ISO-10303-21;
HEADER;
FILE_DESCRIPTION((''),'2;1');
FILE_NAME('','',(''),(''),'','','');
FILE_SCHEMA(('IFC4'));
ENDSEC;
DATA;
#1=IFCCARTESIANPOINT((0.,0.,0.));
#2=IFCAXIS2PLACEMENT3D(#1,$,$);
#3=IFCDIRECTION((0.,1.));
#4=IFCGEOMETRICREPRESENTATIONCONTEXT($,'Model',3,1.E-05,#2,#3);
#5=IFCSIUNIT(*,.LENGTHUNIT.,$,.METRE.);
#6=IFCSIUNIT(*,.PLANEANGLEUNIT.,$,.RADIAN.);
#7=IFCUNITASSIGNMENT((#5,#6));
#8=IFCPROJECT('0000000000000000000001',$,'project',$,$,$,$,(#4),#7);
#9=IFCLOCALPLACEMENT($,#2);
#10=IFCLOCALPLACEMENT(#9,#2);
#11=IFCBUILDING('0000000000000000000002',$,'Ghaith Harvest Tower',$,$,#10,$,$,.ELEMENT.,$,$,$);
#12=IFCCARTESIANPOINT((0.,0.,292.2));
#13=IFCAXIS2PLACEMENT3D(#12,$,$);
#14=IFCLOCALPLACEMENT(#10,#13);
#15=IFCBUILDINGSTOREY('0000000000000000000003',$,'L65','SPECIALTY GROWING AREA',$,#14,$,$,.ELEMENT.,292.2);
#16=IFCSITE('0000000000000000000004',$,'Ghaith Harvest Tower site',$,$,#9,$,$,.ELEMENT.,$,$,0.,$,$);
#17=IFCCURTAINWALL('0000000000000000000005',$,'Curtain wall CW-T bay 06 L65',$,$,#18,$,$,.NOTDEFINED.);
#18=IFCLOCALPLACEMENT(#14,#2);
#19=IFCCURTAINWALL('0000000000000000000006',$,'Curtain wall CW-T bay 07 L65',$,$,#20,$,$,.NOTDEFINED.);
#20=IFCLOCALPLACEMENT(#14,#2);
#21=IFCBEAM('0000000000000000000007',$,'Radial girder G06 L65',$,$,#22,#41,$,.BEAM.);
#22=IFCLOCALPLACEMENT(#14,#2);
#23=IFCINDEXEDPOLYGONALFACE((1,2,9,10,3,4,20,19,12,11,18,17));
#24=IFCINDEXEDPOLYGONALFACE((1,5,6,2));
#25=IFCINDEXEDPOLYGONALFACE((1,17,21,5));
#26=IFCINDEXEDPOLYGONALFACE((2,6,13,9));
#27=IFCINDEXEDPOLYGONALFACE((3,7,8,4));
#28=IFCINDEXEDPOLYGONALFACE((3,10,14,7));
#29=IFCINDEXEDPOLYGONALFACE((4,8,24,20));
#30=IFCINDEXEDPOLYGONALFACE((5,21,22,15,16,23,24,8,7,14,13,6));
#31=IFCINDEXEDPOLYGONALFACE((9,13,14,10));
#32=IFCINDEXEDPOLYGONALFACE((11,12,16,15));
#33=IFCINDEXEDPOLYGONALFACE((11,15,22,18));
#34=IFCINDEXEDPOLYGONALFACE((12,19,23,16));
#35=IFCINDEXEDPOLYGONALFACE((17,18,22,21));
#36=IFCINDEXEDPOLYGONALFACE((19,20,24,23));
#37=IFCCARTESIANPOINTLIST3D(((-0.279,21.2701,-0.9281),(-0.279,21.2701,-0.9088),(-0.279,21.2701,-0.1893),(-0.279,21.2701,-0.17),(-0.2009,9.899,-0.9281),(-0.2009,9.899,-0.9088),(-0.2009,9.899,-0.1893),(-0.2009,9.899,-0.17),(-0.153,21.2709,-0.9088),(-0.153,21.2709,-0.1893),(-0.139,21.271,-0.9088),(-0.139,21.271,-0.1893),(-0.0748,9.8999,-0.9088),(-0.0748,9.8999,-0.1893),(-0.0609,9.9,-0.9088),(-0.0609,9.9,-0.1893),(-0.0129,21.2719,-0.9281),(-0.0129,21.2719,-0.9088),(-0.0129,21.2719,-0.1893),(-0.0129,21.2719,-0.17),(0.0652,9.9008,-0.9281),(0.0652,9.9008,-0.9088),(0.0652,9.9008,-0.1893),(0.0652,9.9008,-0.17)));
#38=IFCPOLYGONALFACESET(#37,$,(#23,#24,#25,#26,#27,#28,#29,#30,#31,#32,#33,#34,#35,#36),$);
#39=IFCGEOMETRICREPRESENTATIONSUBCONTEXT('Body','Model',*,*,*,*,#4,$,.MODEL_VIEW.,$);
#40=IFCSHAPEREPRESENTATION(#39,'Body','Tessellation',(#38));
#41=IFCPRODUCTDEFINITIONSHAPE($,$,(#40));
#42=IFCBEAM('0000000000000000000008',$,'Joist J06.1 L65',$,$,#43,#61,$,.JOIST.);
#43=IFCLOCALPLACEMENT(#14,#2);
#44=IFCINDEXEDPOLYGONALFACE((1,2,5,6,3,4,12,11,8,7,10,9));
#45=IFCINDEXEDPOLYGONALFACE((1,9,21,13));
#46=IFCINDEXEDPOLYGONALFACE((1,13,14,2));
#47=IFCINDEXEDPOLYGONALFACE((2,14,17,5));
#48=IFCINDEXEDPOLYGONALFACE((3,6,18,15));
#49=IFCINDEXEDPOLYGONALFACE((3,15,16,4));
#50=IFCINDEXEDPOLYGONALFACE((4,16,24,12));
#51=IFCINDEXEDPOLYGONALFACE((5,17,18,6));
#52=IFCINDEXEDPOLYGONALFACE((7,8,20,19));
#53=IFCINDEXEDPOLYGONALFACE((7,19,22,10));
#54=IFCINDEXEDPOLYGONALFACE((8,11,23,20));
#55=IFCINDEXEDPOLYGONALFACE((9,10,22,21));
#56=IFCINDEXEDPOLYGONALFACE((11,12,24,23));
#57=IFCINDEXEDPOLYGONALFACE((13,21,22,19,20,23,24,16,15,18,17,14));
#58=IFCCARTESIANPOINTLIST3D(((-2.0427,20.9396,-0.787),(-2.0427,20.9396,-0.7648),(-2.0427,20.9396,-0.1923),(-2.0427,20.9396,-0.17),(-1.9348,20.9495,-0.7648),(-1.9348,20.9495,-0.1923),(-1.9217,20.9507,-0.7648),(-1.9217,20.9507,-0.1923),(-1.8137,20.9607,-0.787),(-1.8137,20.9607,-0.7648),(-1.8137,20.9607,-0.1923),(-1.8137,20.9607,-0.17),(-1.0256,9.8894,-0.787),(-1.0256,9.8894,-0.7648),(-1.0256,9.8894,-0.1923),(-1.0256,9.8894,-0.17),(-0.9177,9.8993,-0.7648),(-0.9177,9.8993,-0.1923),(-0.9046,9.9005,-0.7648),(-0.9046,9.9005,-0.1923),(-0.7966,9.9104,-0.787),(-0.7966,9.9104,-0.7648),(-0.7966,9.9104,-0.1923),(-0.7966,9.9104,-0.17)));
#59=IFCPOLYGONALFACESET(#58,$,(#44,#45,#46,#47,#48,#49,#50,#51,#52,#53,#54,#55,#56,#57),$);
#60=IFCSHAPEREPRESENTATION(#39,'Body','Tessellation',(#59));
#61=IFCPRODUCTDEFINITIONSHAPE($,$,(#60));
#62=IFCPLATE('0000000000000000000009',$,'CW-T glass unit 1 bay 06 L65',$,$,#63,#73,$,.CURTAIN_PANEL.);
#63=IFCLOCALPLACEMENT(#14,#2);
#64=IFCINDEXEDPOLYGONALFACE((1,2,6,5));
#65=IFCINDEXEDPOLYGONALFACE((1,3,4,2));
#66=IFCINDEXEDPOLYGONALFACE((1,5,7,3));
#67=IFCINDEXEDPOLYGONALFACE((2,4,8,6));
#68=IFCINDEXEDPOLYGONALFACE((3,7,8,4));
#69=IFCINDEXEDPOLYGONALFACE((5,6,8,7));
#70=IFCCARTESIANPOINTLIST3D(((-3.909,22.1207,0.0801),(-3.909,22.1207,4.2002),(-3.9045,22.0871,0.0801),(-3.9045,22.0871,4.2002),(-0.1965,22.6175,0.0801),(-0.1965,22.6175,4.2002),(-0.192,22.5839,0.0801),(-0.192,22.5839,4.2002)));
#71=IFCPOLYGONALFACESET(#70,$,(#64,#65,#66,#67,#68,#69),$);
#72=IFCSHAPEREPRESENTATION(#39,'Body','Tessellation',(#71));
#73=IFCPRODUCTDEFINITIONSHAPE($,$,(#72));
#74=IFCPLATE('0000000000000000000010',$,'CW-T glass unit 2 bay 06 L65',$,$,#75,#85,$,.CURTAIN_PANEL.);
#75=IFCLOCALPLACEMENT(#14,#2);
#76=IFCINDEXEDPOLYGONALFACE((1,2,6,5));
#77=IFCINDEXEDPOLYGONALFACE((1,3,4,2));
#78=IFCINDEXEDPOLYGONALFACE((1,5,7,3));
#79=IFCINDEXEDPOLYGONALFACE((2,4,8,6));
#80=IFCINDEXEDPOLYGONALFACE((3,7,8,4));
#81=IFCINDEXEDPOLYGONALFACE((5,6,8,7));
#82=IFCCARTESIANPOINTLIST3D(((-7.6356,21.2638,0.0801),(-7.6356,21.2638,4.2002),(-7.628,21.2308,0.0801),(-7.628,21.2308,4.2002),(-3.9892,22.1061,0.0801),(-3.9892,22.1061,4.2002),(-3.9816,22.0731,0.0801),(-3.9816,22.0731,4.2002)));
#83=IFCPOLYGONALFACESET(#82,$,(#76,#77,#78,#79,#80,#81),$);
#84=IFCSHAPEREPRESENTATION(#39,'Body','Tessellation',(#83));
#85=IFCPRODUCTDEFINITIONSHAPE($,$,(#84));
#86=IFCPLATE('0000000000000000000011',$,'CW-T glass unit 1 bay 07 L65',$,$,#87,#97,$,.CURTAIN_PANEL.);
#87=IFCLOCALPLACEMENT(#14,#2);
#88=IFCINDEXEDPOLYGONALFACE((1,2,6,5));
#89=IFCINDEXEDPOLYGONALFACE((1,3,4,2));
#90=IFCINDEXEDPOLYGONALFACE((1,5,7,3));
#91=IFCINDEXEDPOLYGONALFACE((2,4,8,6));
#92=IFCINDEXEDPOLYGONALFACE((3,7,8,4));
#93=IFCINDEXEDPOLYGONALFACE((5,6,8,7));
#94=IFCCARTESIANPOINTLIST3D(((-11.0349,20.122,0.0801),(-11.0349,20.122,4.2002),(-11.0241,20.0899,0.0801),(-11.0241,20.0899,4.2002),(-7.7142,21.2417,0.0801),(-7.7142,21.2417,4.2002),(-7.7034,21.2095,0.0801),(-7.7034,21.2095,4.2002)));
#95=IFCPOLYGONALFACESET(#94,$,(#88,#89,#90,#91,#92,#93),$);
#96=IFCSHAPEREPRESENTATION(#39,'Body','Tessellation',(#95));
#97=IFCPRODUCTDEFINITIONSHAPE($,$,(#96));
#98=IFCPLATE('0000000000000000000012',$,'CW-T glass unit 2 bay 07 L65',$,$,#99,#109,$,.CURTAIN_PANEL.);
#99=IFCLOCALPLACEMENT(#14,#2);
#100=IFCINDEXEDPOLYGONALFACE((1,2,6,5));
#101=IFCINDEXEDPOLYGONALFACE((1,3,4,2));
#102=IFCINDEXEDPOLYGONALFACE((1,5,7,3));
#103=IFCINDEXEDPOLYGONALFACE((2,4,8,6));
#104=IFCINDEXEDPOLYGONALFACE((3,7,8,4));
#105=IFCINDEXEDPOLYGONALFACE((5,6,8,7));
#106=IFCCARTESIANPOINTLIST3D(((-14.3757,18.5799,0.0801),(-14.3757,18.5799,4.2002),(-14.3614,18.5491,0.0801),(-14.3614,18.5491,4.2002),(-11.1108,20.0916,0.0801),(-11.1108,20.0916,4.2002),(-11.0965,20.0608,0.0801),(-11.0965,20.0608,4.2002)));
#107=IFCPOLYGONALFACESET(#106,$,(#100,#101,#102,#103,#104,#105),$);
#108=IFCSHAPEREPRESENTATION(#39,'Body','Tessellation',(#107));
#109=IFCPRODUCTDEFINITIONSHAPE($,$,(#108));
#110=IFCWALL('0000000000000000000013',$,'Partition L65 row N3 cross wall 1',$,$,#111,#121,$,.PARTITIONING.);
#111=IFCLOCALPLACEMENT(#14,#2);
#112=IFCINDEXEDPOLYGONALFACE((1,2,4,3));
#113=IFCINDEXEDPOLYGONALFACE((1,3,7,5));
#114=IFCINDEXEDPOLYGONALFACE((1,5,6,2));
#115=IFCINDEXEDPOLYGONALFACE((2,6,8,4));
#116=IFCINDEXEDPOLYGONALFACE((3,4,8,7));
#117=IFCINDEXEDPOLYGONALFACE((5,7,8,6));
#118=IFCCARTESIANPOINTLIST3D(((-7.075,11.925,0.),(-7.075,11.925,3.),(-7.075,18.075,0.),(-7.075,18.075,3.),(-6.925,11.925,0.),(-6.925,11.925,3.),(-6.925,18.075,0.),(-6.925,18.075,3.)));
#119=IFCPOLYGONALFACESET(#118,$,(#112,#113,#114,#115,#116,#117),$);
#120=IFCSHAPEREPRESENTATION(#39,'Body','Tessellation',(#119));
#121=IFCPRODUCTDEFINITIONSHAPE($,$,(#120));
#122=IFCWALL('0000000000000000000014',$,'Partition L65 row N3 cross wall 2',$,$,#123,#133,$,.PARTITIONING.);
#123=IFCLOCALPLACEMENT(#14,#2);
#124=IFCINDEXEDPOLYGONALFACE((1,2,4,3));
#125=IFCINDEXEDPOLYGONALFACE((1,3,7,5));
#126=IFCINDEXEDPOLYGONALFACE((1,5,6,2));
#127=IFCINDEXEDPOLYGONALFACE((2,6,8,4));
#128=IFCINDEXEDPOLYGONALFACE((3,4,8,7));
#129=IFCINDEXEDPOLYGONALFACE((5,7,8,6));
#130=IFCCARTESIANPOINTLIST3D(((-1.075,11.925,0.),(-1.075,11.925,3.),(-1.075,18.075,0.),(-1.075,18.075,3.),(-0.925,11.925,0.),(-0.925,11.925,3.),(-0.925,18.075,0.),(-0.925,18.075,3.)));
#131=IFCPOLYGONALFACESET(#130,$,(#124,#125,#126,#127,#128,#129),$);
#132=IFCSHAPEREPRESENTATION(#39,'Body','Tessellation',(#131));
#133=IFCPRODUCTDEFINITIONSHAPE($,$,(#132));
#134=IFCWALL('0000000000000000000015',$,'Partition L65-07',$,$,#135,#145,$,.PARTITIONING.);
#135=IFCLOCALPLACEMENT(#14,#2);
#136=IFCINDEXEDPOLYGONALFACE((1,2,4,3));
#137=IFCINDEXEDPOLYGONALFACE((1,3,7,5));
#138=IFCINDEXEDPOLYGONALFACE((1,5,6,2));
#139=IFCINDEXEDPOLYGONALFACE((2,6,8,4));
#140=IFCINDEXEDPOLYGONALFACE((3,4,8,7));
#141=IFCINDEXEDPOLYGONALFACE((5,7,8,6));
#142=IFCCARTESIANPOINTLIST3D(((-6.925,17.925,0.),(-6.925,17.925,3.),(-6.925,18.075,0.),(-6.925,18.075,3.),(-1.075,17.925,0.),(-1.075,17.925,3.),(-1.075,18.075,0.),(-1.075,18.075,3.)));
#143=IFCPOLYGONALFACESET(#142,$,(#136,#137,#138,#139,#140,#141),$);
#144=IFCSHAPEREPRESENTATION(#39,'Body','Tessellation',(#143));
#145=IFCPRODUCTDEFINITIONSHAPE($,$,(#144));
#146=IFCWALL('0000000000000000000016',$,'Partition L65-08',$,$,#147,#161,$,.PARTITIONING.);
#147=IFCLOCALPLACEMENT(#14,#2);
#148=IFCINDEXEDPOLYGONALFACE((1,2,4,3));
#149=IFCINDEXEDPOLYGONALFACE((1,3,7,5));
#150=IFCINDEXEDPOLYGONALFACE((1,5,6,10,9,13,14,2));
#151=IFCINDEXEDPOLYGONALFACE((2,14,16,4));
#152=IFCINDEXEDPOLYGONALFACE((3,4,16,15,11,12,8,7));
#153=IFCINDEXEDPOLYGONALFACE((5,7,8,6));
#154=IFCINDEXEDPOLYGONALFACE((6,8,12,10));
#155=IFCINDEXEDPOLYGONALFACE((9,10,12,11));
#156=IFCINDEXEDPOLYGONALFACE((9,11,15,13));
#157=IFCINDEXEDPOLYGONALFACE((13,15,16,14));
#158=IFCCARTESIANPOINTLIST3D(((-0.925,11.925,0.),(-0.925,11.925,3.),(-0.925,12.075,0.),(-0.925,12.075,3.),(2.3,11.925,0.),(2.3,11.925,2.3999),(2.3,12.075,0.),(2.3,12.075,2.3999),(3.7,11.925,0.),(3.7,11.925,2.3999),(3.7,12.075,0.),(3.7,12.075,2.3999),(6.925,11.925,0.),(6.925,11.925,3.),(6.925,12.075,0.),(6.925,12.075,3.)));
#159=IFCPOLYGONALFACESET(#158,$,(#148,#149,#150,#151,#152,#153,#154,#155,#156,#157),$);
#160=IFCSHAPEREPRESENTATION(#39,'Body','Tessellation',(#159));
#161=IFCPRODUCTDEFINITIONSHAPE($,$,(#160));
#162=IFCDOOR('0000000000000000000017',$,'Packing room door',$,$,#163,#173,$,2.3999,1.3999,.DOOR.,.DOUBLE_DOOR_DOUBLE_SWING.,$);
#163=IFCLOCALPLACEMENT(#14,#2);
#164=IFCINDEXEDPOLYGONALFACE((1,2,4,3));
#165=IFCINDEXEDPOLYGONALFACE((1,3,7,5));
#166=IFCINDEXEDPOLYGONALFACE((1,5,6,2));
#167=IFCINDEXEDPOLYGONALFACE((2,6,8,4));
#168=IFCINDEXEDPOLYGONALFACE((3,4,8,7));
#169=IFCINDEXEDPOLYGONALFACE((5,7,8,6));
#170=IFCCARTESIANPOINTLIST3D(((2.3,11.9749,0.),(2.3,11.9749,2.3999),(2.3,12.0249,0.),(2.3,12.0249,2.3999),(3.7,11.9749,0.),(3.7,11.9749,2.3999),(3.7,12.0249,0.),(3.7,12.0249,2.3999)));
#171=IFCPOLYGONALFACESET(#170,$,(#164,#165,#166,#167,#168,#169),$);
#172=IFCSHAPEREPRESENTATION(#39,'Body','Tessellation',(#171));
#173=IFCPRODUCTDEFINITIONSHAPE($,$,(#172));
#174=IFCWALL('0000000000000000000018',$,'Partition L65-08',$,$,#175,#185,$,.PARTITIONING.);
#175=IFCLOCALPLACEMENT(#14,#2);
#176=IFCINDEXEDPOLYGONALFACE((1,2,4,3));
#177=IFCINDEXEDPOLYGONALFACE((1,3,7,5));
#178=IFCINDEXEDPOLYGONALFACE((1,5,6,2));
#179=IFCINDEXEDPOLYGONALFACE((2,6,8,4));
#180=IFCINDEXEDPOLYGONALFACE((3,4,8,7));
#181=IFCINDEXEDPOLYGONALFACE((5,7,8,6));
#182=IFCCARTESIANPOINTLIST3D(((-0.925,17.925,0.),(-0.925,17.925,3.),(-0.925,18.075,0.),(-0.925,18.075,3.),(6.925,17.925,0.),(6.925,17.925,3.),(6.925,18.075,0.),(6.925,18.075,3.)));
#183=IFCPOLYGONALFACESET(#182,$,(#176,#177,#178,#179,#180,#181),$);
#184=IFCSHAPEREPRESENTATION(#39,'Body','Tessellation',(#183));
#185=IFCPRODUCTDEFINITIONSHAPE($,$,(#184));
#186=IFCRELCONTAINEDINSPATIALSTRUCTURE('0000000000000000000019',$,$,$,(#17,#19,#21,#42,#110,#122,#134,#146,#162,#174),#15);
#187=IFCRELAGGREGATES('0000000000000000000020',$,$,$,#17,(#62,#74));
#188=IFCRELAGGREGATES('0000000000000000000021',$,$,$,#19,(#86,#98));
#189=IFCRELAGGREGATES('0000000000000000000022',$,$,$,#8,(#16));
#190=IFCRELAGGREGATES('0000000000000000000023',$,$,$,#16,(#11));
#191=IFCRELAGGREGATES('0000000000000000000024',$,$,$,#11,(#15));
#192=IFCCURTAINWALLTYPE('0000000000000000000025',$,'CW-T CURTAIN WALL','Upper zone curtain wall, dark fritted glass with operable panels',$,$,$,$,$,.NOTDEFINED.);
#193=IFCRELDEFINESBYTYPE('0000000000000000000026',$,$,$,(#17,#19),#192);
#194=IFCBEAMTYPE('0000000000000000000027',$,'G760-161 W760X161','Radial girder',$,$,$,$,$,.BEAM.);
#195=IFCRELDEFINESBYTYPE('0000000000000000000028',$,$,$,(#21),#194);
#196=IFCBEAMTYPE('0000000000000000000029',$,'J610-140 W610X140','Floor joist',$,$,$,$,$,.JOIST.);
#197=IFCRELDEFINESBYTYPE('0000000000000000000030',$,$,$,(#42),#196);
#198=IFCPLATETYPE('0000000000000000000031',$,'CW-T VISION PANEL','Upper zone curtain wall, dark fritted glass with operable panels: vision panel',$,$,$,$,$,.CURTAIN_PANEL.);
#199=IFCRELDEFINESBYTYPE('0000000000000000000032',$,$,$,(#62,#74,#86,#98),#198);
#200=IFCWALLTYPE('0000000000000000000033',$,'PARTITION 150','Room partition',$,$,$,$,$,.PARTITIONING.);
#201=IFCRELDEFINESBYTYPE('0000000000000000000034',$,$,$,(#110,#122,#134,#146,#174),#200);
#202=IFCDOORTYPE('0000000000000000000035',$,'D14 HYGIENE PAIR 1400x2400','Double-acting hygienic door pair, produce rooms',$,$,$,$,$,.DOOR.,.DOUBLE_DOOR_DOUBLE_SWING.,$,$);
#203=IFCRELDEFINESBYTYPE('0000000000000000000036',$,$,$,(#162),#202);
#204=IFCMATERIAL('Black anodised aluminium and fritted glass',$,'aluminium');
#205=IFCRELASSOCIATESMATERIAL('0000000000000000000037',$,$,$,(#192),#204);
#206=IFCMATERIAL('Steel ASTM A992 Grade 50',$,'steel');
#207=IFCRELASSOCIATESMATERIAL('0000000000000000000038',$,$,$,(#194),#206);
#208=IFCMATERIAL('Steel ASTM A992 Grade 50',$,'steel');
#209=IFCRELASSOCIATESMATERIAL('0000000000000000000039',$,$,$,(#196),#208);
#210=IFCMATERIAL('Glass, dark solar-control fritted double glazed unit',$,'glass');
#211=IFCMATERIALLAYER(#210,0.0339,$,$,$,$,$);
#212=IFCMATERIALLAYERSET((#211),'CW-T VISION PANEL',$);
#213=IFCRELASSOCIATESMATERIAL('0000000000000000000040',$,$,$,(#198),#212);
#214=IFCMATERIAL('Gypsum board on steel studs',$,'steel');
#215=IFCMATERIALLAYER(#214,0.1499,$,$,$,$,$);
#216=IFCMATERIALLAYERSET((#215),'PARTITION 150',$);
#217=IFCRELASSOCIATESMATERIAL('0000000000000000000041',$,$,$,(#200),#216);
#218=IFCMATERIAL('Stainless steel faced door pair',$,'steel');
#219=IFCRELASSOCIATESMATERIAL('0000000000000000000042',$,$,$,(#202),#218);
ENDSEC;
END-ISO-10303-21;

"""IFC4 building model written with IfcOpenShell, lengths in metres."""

from ifc_helpers import new_model, si_unit, direction, frame, frame_2d, origin, origin_2d, place, context, subcontext, project, spatial, rectangle, i_section, extrude, material, layer, layer_set, material_profile, profile_set, type_object, element, fill, aggregate, save


model = new_model("IFC4")

# Units and contexts
model_context = context("Model", 3, precision=1e-05, world=origin(), true_north=direction((0.0, 1.0)))
body_context = subcontext(model_context, "Body", "Model", "MODEL_VIEW")
ifc_project = project(units=[si_unit("LENGTHUNIT", "METRE"), si_unit("PLANEANGLEUNIT", "RADIAN")], contexts=[model_context])

# Site, building, storey
site_placement = place(None, origin())
site = spatial("IfcSite", under=ifc_project, at=site_placement, Name="Ghaith Harvest Tower site", CompositionType="ELEMENT", RefElevation=0.0)
building_placement = place(site_placement, origin())
building = spatial("IfcBuilding", under=site, at=building_placement, Name="Ghaith Harvest Tower", CompositionType="ELEMENT")
storey_placement = place(building_placement, frame((0.0, 0.0, 292.2)))
storey = spatial("IfcBuildingStorey", under=building, at=storey_placement, Name="L65", Description="SPECIALTY GROWING AREA", CompositionType="ELEMENT", Elevation=292.2)

# Curtain walls
ifc_material_1 = material(Name="Black anodised aluminium and fritted glass", Category="aluminium")
curtain_wall_type = type_object("IfcCurtainWallType", Name="CW-T CURTAIN WALL", Description="Upper zone curtain wall, dark fritted glass with operable panels", PredefinedType="NOTDEFINED", material=ifc_material_1)
curtain_wall_1_placement = place(storey_placement, origin())
curtain_wall_1 = element("IfcCurtainWall", 1, at=curtain_wall_1_placement, inside=storey, type_object=curtain_wall_type, Name="Curtain wall CW-T bay 06 L65", PredefinedType="NOTDEFINED")
curtain_wall_2_placement = place(storey_placement, origin())
curtain_wall_2 = element("IfcCurtainWall", 2, at=curtain_wall_2_placement, inside=storey, type_object=curtain_wall_type, Name="Curtain wall CW-T bay 07 L65", PredefinedType="NOTDEFINED")

# Beams
ifc_material_2 = material(Name="Steel ASTM A992 Grade 50", Category="steel")
ifc_material_profile_1 = material_profile(ifc_material_2, i_section(OverallWidth=0.2661, OverallDepth=0.7581, WebThickness=0.0139, FlangeThickness=0.0193, at=origin_2d()), Name="W760X161")
ifc_profile_set_1 = profile_set([ifc_material_profile_1], Name="Steel ASTM A992 Grade 50")
beam_type_1 = type_object("IfcBeamType", Name="G760-161 W760X161", Description="Radial girder", PredefinedType="BEAM", material=ifc_profile_set_1)
beam_1_placement = place(storey_placement, frame((-0.0679, 9.8999, -0.5491), z_axis=(-0.00687, 0.999976, 0.0), x_axis=(-0.999976, -0.00687, 0.0)))
element("IfcBeam", 3, at=beam_1_placement, inside=storey, type_object=beam_type_1, Name="Radial girder G06 L65", PredefinedType="BEAM", context=body_context, shape_type="SweptSolid", body=[
    extrude(i_section(OverallWidth=0.2661, OverallDepth=0.7581, WebThickness=0.0139, FlangeThickness=0.0193, at=origin_2d()), origin(), (0.0, 0.0, 1.0), 11.3713),
])
ifc_material_3 = material(Name="Steel ASTM A992 Grade 50", Category="steel")
ifc_material_profile_2 = material_profile(ifc_material_3, i_section(OverallWidth=0.23, OverallDepth=0.6169, WebThickness=0.0132, FlangeThickness=0.0222, at=origin_2d()), Name="W610X140")
ifc_profile_set_2 = profile_set([ifc_material_profile_2], Name="Steel ASTM A992 Grade 50")
beam_type_2 = type_object("IfcBeamType", Name="J610-140 W610X140", Description="Floor joist", PredefinedType="JOIST", material=ifc_profile_set_2)
beam_2_placement = place(storey_placement, frame((-0.9111, 9.8999, -0.4785), z_axis=(-0.091654, 0.995791, 0.0), x_axis=(-0.995791, -0.091654, 0.0)))
element("IfcBeam", 4, at=beam_2_placement, inside=storey, type_object=beam_type_2, Name="Joist J06.1 L65", PredefinedType="JOIST", context=body_context, shape_type="SweptSolid", body=[
    extrude(i_section(OverallWidth=0.23, OverallDepth=0.6169, WebThickness=0.0132, FlangeThickness=0.0222, at=origin_2d()), origin(), (0.0, 0.0, 1.0), 11.0969),
])

# Plates
ifc_material_4 = material(Name="Glass, dark solar-control fritted double glazed unit", Category="glass")
ifc_layer_1 = layer(ifc_material_4, 0.0339)
ifc_layer_set_1 = layer_set([ifc_layer_1], Name="CW-T VISION PANEL")
plate_type = type_object("IfcPlateType", Name="CW-T VISION PANEL", Description="Upper zone curtain wall, dark fritted glass with operable panels: vision panel", PredefinedType="CURTAIN_PANEL", material=ifc_layer_set_1)
plate_1_placement = place(storey_placement, frame((-2.0505, 22.3523, 0.0801), z_axis=(0.0, 0.0, 1.0), x_axis=(-0.991165, -0.132633, 0.0)))
plate_1 = element("IfcPlate", 5, at=plate_1_placement, type_object=plate_type, Name="CW-T glass unit 1 bay 06 L65", PredefinedType="CURTAIN_PANEL", context=body_context, shape_type="SweptSolid", body=[
    extrude(rectangle(XDim=3.7456, YDim=0.0339, at=origin_2d()), origin(), (0.0, 0.0, 1.0), 4.1201),
])
plate_2_placement = place(storey_placement, frame((-5.8086, 21.6685, 0.0801), z_axis=(0.0, 0.0, 1.0), x_axis=(-0.974342, -0.225072, 0.0)))
plate_2 = element("IfcPlate", 6, at=plate_2_placement, type_object=plate_type, Name="CW-T glass unit 2 bay 06 L65", PredefinedType="CURTAIN_PANEL", context=body_context, shape_type="SweptSolid", body=[
    extrude(rectangle(XDim=3.7424, YDim=0.0339, at=origin_2d()), origin(), (0.0, 0.0, 1.0), 4.1201),
])
aggregate(curtain_wall_1, [plate_1, plate_2])
plate_3_placement = place(storey_placement, frame((-9.3691, 20.6658, 0.0801), z_axis=(0.0, 0.0, 1.0), x_axis=(-0.947586, -0.3195, 0.0)))
plate_3 = element("IfcPlate", 7, at=plate_3_placement, type_object=plate_type, Name="CW-T glass unit 1 bay 07 L65", PredefinedType="CURTAIN_PANEL", context=body_context, shape_type="SweptSolid", body=[
    extrude(rectangle(XDim=3.5044, YDim=0.0339, at=origin_2d()), origin(), (0.0, 0.0, 1.0), 4.1201),
])
plate_4_placement = place(storey_placement, frame((-12.7361, 19.3203, 0.0801), z_axis=(0.0, 0.0, 1.0), x_axis=(-0.90745, -0.42016, 0.0)))
plate_4 = element("IfcPlate", 8, at=plate_4_placement, type_object=plate_type, Name="CW-T glass unit 2 bay 07 L65", PredefinedType="CURTAIN_PANEL", context=body_context, shape_type="SweptSolid", body=[
    extrude(rectangle(XDim=3.5979, YDim=0.0339, at=origin_2d()), origin(), (0.0, 0.0, 1.0), 4.1201),
])
aggregate(curtain_wall_2, [plate_3, plate_4])

# Walls
ifc_material_5 = material(Name="Gypsum board on steel studs", Category="steel")
ifc_layer_2 = layer(ifc_material_5, 0.1499)
ifc_layer_set_2 = layer_set([ifc_layer_2], Name="PARTITION 150")
wall_type = type_object("IfcWallType", Name="PARTITION 150", Description="Room partition", PredefinedType="PARTITIONING", material=ifc_layer_set_2)
for number, where, z_axis, x_axis, name in (
    (9, (-7.0, 11.925, 0.0), (0.0, 0.0, 1.0), (0.0, 1.0, 0.0), "Partition L65 row N3 cross wall 1"),
    (10, (-1.0, 11.925, 0.0), (0.0, 0.0, 1.0), (0.0, 1.0, 0.0), "Partition L65 row N3 cross wall 2"),
):
    element("IfcWall", number, at=place(storey_placement, frame(where, z_axis=z_axis, x_axis=x_axis)), inside=storey, type_object=wall_type, Name=name, PredefinedType="PARTITIONING", context=body_context, shape_type="SweptSolid", body=[
        extrude(rectangle(XDim=6.1499, YDim=0.1499, at=frame_2d((3.075, 0.0))), origin(), (0.0, 0.0, 1.0), 3.0),
    ])

# Shared definitions
ifc_material_6 = material(Name="Stainless steel faced door pair", Category="steel")
door_type = type_object("IfcDoorType", Name="D14 HYGIENE PAIR 1400x2400", Description="Double-acting hygienic door pair, produce rooms", OperationType="DOUBLE_DOOR_DOUBLE_SWING", PredefinedType="DOOR", material=ifc_material_6)

# Wall
wall_1_placement = place(storey_placement, frame((-6.925, 18.0, 0.0), z_axis=(0.0, 0.0, 1.0), x_axis=(1.0, 0.0, 0.0)))
element("IfcWall", 11, at=wall_1_placement, inside=storey, type_object=wall_type, Name="Partition L65-07", PredefinedType="PARTITIONING", context=body_context, shape_type="SweptSolid", body=[
    extrude(rectangle(XDim=5.8501, YDim=0.1499, at=frame_2d((2.925, 0.0))), origin(), (0.0, 0.0, 1.0), 3.0),
])

# Wall, opening, door
wall_2_placement = place(storey_placement, frame((-0.925, 12.0, 0.0), z_axis=(0.0, 0.0, 1.0), x_axis=(1.0, 0.0, 0.0)))
wall_2 = element("IfcWall", 12, at=wall_2_placement, inside=storey, type_object=wall_type, Name="Partition L65-08", PredefinedType="PARTITIONING", context=body_context, shape_type="SweptSolid", body=[
    extrude(rectangle(XDim=7.8501, YDim=0.1499, at=frame_2d((3.925, 0.0))), origin(), (0.0, 0.0, 1.0), 3.0),
])
opening_1_placement = place(wall_2_placement, frame((3.2251, 0.0, 0.0)))
opening_1 = element("IfcOpeningElement", 13, at=opening_1_placement, cuts=wall_2, PredefinedType="OPENING", context=body_context, shape_type="SweptSolid", body=[
    extrude(rectangle(XDim=1.3999, YDim=2.3999, at=frame_2d((0.7, 1.2))), frame((0.0, 0.085, 0.0), z_axis=(0.0, -1.0, 0.0), x_axis=(1.0, 0.0, 0.0)), (0.0, 0.0, 1.0), 0.1699),
])
door_1_placement = place(opening_1_placement, origin())
door_1 = element("IfcDoor", 14, at=door_1_placement, inside=storey, type_object=door_type, Name="Packing room door", OperationType="DOUBLE_DOOR_DOUBLE_SWING", OverallHeight=2.3999, OverallWidth=1.3999, PredefinedType="DOOR", context=body_context, shape_type="SweptSolid", body=[
    extrude(rectangle(XDim=1.3999, YDim=2.3999, at=frame_2d((0.7, 1.2))), frame((0.0, 0.0249, 0.0), z_axis=(0.0, -1.0, 0.0), x_axis=(1.0, 0.0, 0.0)), (0.0, 0.0, 1.0), 0.05),
])
fill(opening_1, door_1)

# Wall
wall_3_placement = place(storey_placement, frame((-0.925, 18.0, 0.0), z_axis=(0.0, 0.0, 1.0), x_axis=(1.0, 0.0, 0.0)))
element("IfcWall", 15, at=wall_3_placement, inside=storey, type_object=wall_type, Name="Partition L65-08", PredefinedType="PARTITIONING", context=body_context, shape_type="SweptSolid", body=[
    extrude(rectangle(XDim=7.8501, YDim=0.1499, at=frame_2d((3.925, 0.0))), origin(), (0.0, 0.0, 1.0), 3.0),
])

save(model, "model.ifc")
